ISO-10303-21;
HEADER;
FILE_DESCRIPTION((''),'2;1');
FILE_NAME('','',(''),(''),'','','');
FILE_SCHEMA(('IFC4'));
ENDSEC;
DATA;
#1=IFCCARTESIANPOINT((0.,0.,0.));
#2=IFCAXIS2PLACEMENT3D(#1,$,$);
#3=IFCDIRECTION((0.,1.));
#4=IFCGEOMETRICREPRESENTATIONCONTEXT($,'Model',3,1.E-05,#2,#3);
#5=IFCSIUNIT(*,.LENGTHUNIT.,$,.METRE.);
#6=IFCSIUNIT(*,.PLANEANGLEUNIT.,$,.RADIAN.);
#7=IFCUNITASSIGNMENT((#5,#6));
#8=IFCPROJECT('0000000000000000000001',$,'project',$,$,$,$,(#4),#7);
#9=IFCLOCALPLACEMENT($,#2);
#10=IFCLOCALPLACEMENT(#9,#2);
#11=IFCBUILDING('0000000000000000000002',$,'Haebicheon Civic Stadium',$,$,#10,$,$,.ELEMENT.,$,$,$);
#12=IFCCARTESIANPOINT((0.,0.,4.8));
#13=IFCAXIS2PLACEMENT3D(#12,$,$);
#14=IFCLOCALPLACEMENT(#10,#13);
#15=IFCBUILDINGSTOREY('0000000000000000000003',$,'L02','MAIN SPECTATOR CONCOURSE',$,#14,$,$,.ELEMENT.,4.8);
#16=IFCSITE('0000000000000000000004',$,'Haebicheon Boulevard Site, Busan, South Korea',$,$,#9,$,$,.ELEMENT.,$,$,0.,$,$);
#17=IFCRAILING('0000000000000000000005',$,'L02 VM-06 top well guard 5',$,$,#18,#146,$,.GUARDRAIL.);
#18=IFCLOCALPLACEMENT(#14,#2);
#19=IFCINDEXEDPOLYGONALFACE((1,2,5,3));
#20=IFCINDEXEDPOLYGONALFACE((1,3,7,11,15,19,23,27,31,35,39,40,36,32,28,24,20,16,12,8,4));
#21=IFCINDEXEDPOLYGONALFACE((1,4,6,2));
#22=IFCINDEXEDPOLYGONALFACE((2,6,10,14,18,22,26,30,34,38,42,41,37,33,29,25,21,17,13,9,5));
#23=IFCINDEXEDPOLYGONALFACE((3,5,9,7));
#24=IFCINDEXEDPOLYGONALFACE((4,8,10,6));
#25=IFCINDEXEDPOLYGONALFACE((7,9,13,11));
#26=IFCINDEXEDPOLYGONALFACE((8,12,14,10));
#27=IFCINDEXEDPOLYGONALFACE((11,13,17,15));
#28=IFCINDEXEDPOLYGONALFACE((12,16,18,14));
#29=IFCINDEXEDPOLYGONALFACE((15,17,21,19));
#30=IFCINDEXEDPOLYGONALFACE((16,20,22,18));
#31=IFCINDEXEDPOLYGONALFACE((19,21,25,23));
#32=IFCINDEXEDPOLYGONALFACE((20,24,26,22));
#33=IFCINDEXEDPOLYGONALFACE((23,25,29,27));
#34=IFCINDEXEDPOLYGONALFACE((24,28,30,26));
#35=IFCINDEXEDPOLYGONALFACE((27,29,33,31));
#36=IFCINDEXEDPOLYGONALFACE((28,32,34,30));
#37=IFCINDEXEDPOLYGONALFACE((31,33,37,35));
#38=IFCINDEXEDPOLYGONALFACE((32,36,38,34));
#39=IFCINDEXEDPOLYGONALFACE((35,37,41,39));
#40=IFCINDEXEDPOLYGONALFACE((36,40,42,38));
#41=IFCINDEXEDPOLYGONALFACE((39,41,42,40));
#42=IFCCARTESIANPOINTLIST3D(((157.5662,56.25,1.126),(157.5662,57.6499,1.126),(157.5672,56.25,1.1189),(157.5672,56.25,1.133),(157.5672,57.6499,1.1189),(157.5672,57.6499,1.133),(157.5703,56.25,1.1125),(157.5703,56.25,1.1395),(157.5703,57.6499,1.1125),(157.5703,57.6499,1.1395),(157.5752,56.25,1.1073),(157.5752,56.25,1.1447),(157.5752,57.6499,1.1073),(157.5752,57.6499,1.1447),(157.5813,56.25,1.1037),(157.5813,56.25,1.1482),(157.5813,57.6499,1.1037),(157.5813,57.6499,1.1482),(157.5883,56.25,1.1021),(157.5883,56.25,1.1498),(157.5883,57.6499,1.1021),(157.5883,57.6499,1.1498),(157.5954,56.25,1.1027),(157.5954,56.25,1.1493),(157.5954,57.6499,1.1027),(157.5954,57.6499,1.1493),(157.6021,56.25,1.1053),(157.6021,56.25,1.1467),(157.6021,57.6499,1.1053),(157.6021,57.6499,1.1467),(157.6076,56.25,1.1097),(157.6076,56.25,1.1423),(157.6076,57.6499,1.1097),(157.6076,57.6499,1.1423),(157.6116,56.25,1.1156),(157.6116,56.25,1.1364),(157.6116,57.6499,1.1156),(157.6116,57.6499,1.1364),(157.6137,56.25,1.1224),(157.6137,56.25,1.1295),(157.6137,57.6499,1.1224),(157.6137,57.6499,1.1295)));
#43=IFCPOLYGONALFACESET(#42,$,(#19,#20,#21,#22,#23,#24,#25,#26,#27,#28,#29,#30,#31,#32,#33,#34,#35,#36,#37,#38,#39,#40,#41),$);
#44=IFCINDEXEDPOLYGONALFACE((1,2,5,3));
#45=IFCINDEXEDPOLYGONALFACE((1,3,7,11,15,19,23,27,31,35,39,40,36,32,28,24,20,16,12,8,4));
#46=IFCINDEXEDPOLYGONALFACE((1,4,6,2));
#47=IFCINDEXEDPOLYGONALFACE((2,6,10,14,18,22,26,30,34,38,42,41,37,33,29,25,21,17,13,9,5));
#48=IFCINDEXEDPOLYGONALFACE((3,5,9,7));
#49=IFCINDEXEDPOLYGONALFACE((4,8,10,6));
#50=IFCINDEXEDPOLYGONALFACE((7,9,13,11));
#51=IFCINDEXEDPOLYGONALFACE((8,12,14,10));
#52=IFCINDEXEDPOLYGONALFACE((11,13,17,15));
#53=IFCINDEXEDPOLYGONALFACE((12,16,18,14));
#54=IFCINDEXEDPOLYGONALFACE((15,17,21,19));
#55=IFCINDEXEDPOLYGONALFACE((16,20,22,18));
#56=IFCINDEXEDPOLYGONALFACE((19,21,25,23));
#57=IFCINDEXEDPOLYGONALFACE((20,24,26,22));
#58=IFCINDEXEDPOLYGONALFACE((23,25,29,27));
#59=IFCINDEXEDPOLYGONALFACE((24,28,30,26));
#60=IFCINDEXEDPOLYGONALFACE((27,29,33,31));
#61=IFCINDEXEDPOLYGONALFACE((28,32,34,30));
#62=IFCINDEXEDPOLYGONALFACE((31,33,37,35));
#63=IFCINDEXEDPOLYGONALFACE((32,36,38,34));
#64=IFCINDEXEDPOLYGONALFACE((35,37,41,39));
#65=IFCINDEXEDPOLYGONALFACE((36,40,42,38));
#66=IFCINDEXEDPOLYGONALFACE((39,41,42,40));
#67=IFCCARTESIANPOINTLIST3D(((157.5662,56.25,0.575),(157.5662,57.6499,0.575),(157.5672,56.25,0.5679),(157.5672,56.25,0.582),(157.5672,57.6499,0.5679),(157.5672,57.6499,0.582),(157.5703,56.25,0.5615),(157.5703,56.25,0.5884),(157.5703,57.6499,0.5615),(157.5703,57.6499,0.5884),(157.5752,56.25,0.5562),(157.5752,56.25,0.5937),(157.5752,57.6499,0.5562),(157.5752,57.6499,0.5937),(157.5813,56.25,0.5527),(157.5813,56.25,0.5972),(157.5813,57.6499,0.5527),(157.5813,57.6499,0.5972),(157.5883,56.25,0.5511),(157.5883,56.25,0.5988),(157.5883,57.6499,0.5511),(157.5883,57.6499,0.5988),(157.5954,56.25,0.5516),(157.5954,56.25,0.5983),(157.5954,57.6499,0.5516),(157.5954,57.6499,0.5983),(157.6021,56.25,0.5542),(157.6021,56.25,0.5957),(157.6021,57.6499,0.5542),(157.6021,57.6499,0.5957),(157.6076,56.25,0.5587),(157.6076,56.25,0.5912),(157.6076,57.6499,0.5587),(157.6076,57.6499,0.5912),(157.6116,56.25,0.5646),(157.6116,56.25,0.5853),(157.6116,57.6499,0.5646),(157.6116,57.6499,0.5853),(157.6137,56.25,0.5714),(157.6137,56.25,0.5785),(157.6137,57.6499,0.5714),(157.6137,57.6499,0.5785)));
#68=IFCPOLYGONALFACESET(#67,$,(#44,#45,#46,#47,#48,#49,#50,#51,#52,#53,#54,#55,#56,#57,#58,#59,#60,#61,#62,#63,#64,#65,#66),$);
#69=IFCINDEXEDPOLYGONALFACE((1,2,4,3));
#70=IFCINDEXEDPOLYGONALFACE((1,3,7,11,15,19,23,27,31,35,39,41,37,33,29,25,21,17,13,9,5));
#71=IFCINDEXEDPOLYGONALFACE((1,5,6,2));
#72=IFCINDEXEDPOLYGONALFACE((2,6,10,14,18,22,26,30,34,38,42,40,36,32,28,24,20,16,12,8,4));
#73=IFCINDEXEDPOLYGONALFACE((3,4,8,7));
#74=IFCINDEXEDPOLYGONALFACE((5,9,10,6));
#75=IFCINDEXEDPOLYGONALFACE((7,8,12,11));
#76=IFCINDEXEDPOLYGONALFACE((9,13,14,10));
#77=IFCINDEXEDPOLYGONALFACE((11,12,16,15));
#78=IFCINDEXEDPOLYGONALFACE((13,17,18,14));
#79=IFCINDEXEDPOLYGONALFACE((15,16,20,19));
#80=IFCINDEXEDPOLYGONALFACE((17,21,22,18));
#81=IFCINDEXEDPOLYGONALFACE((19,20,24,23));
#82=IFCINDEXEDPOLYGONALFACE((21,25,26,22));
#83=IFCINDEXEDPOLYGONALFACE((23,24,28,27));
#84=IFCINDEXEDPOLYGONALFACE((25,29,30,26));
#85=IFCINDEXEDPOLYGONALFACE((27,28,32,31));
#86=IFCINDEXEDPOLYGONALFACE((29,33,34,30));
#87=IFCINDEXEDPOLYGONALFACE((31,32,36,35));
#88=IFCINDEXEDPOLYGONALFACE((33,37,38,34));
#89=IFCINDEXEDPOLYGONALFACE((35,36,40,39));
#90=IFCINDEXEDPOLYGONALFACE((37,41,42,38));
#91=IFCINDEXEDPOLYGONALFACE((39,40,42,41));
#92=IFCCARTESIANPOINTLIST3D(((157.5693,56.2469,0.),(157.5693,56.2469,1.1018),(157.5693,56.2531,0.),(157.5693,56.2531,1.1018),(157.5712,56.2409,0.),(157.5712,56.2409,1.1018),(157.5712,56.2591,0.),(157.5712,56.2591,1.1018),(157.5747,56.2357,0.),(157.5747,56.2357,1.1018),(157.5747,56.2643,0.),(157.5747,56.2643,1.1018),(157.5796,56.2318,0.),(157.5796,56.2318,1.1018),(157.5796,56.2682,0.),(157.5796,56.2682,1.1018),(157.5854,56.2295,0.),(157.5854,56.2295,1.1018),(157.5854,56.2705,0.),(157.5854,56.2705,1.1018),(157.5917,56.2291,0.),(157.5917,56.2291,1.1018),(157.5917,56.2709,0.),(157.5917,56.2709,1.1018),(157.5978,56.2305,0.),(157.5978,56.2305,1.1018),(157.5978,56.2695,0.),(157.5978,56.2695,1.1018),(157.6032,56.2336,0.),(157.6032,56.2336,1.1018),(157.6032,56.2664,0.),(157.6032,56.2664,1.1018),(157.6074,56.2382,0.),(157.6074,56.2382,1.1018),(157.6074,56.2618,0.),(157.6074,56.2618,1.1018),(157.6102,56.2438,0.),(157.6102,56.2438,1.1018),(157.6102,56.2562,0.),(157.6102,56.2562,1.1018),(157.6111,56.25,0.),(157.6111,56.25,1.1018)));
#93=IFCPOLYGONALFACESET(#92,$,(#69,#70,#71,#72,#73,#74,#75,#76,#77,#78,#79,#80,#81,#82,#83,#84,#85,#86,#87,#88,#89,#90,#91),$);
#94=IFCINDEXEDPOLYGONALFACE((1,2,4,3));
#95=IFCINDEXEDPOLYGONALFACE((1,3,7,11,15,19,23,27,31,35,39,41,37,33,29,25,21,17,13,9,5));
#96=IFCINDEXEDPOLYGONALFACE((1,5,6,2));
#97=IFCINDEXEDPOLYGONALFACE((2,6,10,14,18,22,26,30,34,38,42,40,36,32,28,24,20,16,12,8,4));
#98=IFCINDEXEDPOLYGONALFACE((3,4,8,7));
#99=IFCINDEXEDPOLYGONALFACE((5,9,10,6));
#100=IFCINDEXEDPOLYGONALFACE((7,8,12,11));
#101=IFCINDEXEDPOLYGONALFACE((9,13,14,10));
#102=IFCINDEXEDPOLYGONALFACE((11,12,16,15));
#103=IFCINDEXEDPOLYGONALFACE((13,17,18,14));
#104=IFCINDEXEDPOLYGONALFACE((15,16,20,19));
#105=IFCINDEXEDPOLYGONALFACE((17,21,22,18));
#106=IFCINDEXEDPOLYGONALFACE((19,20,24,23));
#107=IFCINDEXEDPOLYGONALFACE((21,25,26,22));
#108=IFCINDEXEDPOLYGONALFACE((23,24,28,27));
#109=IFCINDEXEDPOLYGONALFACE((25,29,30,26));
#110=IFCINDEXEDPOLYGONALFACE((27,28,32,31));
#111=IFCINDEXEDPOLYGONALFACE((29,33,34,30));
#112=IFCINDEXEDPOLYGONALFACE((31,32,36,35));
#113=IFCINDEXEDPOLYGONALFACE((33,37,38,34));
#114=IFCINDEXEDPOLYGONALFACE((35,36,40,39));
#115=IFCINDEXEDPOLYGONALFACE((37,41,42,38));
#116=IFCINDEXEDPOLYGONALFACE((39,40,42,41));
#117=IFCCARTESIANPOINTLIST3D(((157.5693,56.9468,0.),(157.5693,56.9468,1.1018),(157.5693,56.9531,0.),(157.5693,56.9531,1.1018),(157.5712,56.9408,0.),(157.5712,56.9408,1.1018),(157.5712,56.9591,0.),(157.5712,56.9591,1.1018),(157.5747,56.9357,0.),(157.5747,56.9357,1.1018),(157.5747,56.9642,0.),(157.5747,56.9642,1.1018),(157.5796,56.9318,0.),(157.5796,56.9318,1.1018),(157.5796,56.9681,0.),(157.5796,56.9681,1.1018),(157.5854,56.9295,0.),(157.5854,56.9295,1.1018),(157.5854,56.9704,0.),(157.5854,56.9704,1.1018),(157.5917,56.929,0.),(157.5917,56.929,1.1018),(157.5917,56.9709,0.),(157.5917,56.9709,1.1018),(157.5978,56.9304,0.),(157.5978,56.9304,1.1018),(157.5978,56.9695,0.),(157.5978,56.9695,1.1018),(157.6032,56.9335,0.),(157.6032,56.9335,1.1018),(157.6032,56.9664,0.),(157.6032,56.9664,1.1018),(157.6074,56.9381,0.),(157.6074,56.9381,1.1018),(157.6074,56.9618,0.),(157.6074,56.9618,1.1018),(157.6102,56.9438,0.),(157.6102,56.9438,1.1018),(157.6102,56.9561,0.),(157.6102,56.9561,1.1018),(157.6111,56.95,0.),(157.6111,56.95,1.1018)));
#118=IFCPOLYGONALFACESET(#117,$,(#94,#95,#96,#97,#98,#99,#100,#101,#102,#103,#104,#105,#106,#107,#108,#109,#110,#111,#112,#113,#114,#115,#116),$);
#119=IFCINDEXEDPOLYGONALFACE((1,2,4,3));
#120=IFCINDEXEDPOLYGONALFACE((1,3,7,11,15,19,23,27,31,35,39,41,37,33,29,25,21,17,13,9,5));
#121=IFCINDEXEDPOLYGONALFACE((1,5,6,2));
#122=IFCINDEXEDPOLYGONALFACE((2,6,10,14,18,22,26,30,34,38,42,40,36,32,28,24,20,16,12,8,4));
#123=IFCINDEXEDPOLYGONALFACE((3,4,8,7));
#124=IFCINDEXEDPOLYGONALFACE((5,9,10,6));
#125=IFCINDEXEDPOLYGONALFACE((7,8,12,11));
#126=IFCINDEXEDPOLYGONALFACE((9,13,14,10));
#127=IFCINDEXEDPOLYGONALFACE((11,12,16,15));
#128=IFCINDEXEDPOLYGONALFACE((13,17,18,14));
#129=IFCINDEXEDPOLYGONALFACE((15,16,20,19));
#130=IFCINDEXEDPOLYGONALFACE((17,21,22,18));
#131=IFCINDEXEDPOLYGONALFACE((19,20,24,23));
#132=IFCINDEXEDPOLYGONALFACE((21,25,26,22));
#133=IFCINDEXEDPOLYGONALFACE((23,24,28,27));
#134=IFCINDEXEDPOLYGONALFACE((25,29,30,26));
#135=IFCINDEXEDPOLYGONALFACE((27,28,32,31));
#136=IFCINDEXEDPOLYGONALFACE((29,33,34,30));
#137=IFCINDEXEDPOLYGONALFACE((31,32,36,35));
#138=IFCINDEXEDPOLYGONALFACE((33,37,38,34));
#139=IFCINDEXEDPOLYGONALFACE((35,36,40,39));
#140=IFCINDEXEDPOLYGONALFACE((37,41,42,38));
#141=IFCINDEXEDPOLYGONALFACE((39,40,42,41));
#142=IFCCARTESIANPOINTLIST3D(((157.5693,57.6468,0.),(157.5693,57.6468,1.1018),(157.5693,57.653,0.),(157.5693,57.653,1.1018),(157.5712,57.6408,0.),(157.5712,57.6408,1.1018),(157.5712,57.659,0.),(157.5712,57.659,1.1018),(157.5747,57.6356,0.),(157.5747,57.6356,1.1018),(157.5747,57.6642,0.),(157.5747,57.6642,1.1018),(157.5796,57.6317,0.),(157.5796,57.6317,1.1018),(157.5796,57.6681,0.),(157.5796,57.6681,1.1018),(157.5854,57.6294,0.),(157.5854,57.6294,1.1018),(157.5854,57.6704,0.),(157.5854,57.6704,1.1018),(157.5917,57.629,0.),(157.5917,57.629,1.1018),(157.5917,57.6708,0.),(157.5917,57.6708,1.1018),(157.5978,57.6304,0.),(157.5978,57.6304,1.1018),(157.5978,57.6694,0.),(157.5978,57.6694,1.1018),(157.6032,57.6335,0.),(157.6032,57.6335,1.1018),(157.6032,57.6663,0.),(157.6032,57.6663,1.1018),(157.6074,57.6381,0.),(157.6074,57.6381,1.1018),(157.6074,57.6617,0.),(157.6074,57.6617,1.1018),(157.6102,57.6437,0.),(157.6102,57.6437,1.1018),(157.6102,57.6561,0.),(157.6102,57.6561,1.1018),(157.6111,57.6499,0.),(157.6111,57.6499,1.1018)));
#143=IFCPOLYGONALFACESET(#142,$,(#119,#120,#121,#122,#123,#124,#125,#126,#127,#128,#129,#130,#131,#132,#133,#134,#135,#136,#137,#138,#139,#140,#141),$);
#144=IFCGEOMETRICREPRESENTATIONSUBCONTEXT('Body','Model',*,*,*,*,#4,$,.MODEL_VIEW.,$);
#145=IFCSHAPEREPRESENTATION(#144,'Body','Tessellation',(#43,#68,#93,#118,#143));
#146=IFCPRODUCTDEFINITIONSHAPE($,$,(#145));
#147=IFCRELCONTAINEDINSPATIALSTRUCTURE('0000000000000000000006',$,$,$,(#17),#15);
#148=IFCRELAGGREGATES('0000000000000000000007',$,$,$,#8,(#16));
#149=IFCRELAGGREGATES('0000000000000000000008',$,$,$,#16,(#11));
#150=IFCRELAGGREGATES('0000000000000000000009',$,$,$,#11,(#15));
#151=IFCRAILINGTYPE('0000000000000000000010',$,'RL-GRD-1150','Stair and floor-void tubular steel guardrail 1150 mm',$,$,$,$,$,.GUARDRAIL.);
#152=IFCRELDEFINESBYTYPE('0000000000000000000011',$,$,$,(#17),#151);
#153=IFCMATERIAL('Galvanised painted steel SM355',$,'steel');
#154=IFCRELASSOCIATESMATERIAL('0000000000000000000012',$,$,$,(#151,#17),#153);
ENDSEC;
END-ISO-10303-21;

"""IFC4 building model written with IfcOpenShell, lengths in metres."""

from ifc_helpers import new_model, si_unit, direction, frame, origin, origin_2d, place, context, subcontext, project, spatial, circle, extrude, material, type_object, element, save


model = new_model("IFC4")

# Units and contexts
model_context = context("Model", 3, precision=1e-05, world=origin(), true_north=direction((0.0, 1.0)))
body_context = subcontext(model_context, "Body", "Model", "MODEL_VIEW")
ifc_project = project(units=[si_unit("LENGTHUNIT", "METRE"), si_unit("PLANEANGLEUNIT", "RADIAN")], contexts=[model_context])

# Site, building, storey
site_placement = place(None, origin())
site = spatial("IfcSite", under=ifc_project, at=site_placement, Name="Haebicheon Boulevard Site, Busan, South Korea", CompositionType="ELEMENT", RefElevation=0.0)
building_placement = place(site_placement, origin())
building = spatial("IfcBuilding", under=site, at=building_placement, Name="Haebicheon Civic Stadium", CompositionType="ELEMENT")
storey_placement = place(building_placement, frame((0.0, 0.0, 4.8)))
storey = spatial("IfcBuildingStorey", under=building, at=storey_placement, Name="L02", Description="MAIN SPECTATOR CONCOURSE", CompositionType="ELEMENT", Elevation=4.8)

# Railing
ifc_material_1 = material(Name="Galvanised painted steel SM355", Category="steel")
railing_type = type_object("IfcRailingType", Name="RL-GRD-1150", Description="Stair and floor-void tubular steel guardrail 1150 mm", PredefinedType="GUARDRAIL", material=ifc_material_1)
for number, where, name in (
    (1, (157.5901, 56.25, 0.0), "L02 VM-06 top well guard 5"),
):
    element("IfcRailing", number, at=place(storey_placement, frame(where)), inside=storey, type_object=railing_type, material=ifc_material_1, Name=name, PredefinedType="GUARDRAIL", context=body_context, shape_type="SweptSolid", body=[
        extrude(circle(Radius=0.0239, at=origin_2d()), frame((0.0, 0.0, 1.126), z_axis=(0.0, 1.0, 0.0), x_axis=(-1.0, 0.0, 0.0)), (0.0, 0.0, 1.0), 1.3999),
        extrude(circle(Radius=0.0239, at=origin_2d()), frame((0.0, 0.0, 0.575), z_axis=(0.0, 1.0, 0.0), x_axis=(-1.0, 0.0, 0.0)), (0.0, 0.0, 1.0), 1.3999),
        extrude(circle(Radius=0.021, at=origin_2d()), origin(), (0.0, 0.0, 1.0), 1.1018),
        extrude(circle(Radius=0.021, at=origin_2d()), frame((0.0, 0.7, 0.0)), (0.0, 0.0, 1.0), 1.1018),
        extrude(circle(Radius=0.021, at=origin_2d()), frame((0.0, 1.3999, 0.0)), (0.0, 0.0, 1.0), 1.1018),
    ])

save(model, "model.ifc")
